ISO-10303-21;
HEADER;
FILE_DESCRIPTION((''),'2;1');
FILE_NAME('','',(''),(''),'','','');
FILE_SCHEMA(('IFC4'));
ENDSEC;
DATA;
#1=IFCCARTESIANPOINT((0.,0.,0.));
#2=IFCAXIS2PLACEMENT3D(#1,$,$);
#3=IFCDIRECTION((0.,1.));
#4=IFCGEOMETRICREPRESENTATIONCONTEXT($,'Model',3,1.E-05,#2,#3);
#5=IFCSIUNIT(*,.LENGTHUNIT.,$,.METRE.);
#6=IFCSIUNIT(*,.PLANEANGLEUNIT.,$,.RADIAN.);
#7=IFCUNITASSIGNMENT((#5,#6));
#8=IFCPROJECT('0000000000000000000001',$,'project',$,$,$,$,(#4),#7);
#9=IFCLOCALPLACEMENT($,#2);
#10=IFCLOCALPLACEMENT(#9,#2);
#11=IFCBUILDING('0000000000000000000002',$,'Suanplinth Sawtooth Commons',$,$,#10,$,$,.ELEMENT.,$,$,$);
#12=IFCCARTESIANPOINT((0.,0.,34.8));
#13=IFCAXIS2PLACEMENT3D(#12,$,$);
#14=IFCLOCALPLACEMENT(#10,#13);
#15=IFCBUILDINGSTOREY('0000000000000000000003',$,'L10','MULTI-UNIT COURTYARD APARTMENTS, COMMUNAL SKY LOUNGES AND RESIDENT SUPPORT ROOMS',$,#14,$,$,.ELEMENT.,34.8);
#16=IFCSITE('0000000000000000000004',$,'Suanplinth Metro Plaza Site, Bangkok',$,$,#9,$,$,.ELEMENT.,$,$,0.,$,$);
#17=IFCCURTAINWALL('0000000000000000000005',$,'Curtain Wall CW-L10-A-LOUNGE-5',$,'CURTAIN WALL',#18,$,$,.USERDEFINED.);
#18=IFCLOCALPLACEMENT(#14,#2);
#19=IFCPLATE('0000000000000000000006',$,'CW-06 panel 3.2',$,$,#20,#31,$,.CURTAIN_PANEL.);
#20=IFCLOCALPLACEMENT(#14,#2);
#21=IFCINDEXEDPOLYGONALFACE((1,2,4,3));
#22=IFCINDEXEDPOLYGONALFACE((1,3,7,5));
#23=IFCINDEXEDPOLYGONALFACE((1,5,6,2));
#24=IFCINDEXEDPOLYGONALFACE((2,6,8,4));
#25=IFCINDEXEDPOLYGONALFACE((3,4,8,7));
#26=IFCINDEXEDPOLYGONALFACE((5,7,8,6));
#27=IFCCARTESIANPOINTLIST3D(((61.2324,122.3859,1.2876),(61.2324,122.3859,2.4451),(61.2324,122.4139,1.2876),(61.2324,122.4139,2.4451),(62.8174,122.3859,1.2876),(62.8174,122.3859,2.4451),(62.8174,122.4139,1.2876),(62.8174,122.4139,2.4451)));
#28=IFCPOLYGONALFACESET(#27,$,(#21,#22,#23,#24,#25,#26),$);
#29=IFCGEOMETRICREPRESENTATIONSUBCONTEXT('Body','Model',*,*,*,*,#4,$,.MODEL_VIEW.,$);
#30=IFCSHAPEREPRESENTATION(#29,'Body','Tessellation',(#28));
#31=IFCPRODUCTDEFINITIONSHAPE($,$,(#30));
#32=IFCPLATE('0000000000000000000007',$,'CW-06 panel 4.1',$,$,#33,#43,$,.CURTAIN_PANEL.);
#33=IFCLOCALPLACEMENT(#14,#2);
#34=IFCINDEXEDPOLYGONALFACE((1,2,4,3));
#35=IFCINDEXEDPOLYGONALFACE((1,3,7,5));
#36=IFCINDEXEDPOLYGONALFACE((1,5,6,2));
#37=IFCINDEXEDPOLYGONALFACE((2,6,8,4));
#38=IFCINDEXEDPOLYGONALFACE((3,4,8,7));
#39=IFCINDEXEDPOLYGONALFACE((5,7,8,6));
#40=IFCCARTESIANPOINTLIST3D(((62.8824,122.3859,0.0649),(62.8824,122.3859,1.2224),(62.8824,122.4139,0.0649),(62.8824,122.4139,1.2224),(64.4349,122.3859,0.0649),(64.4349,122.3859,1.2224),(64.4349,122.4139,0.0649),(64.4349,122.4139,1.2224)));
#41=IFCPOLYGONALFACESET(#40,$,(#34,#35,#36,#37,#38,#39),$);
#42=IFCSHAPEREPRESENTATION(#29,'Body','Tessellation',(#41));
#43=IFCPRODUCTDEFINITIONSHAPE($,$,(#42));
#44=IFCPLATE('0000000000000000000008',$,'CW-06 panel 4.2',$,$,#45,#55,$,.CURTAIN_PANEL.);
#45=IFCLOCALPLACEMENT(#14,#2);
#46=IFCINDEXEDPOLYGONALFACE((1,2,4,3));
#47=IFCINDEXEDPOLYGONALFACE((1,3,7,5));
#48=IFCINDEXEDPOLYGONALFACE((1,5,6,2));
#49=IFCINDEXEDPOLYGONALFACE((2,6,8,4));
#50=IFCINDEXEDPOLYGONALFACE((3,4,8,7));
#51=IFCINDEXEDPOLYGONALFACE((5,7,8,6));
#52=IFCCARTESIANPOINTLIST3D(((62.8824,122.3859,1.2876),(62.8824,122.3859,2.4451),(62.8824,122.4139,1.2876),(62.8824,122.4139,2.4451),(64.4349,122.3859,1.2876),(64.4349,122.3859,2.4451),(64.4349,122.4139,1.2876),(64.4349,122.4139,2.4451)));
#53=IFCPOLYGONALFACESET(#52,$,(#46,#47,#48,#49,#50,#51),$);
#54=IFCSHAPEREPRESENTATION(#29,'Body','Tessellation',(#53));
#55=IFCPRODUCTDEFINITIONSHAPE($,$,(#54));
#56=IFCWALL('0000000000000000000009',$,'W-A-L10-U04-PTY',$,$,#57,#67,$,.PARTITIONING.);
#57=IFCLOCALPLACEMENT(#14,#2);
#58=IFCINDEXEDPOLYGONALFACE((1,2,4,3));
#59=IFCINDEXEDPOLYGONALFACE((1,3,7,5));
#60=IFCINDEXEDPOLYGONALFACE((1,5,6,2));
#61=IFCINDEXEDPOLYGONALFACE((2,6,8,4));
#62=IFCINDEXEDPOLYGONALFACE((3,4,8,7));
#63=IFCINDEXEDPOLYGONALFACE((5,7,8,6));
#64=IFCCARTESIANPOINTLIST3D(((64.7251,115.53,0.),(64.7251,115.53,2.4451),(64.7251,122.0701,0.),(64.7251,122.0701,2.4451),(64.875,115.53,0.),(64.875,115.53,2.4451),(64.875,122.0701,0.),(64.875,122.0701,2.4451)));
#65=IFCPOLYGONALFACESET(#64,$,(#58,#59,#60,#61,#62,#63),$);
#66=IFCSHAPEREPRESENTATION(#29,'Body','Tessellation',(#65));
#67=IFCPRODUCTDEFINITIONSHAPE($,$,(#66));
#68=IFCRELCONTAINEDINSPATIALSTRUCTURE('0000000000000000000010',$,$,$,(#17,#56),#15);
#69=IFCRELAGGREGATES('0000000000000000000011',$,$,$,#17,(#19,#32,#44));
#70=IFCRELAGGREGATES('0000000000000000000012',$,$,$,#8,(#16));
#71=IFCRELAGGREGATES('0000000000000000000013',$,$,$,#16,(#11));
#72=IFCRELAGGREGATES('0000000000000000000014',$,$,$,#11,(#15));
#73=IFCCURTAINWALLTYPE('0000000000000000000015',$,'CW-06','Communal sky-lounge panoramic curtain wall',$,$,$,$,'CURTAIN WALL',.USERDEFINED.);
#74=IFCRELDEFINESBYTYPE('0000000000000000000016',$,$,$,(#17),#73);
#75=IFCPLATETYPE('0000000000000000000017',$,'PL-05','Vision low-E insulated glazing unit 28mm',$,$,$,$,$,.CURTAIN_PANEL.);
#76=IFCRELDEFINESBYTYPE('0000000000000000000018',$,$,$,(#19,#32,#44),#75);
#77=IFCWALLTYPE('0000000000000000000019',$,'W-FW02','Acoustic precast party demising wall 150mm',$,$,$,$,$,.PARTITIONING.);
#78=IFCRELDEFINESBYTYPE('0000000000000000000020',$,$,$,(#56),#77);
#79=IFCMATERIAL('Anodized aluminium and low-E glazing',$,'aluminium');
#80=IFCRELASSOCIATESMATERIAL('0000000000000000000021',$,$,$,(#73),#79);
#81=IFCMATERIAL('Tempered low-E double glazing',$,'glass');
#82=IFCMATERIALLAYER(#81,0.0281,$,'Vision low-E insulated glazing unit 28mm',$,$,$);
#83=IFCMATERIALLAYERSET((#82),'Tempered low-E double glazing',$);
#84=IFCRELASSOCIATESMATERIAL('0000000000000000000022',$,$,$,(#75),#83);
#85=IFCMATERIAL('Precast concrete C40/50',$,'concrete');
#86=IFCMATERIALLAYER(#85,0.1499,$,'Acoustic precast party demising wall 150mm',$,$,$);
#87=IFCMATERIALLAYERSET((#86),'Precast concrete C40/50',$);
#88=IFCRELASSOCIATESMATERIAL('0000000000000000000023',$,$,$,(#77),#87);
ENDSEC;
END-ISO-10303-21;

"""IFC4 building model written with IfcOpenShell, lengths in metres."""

from ifc_helpers import new_model, si_unit, direction, frame, frame_2d, origin, origin_2d, place, context, subcontext, project, spatial, rectangle, extrude, material, layer, layer_set, type_object, element, aggregate, save


model = new_model("IFC4")

# Units and contexts
model_context = context("Model", 3, precision=1e-05, world=origin(), true_north=direction((0.0, 1.0)))
body_context = subcontext(model_context, "Body", "Model", "MODEL_VIEW")
ifc_project = project(units=[si_unit("LENGTHUNIT", "METRE"), si_unit("PLANEANGLEUNIT", "RADIAN")], contexts=[model_context])

# Site, building, storey
site_placement = place(None, origin())
site = spatial("IfcSite", under=ifc_project, at=site_placement, Name="Suanplinth Metro Plaza Site, Bangkok", CompositionType="ELEMENT", RefElevation=0.0)
building_placement = place(site_placement, origin())
building = spatial("IfcBuilding", under=site, at=building_placement, Name="Suanplinth Sawtooth Commons", CompositionType="ELEMENT")
storey_placement = place(building_placement, frame((0.0, 0.0, 34.8)))
storey = spatial("IfcBuildingStorey", under=building, at=storey_placement, Name="L10", Description="MULTI-UNIT COURTYARD APARTMENTS, COMMUNAL SKY LOUNGES AND RESIDENT SUPPORT ROOMS", CompositionType="ELEMENT", Elevation=34.8)

# Shared definitions
ifc_material_1 = material(Name="Precast concrete C40/50", Category="concrete")

# Curtain wall
ifc_material_2 = material(Name="Anodized aluminium and low-E glazing", Category="aluminium")
curtain_wall_type = type_object("IfcCurtainWallType", Name="CW-06", Description="Communal sky-lounge panoramic curtain wall", ElementType="CURTAIN WALL", PredefinedType="USERDEFINED", material=ifc_material_2)
curtain_wall_placement = place(storey_placement, origin())
curtain_wall = element("IfcCurtainWall", 1, at=curtain_wall_placement, inside=storey, type_object=curtain_wall_type, Name="Curtain Wall CW-L10-A-LOUNGE-5", ObjectType="CURTAIN WALL", PredefinedType="USERDEFINED")

# Plates
ifc_material_3 = material(Name="Tempered low-E double glazing", Category="glass")
ifc_layer_1 = layer(ifc_material_3, 0.0281, Name="Vision low-E insulated glazing unit 28mm")
ifc_layer_set_1 = layer_set([ifc_layer_1], Name="Tempered low-E double glazing")
plate_type_1 = type_object("IfcPlateType", Name="PL-05", Description="Vision low-E insulated glazing unit 28mm", PredefinedType="CURTAIN_PANEL", material=ifc_layer_set_1)
plate_1_placement = place(storey_placement, frame((62.0249, 122.3999, 1.2876), z_axis=(0.0, 0.0, 1.0), x_axis=(1.0, 0.0, 0.0)))
plate_1 = element("IfcPlate", 2, at=plate_1_placement, type_object=plate_type_1, Name="CW-06 panel 3.2", PredefinedType="CURTAIN_PANEL", context=body_context, shape_type="SweptSolid", body=[
    extrude(rectangle(XDim=1.585, YDim=0.0281, at=origin_2d()), origin(), (0.0, 0.0, 1.0), 1.1575),
])
plate_2_placement = place(storey_placement, frame((63.6587, 122.3999, 0.0649), z_axis=(0.0, 0.0, 1.0), x_axis=(1.0, 0.0, 0.0)))
plate_2 = element("IfcPlate", 3, at=plate_2_placement, type_object=plate_type_1, Name="CW-06 panel 4.1", PredefinedType="CURTAIN_PANEL", context=body_context, shape_type="SweptSolid", body=[
    extrude(rectangle(XDim=1.5525, YDim=0.0281, at=origin_2d()), origin(), (0.0, 0.0, 1.0), 1.1575),
])
plate_3_placement = place(storey_placement, frame((63.6587, 122.3999, 1.2876), z_axis=(0.0, 0.0, 1.0), x_axis=(1.0, 0.0, 0.0)))
plate_3 = element("IfcPlate", 4, at=plate_3_placement, type_object=plate_type_1, Name="CW-06 panel 4.2", PredefinedType="CURTAIN_PANEL", context=body_context, shape_type="SweptSolid", body=[
    extrude(rectangle(XDim=1.5525, YDim=0.0281, at=origin_2d()), origin(), (0.0, 0.0, 1.0), 1.1575),
])
aggregate(curtain_wall, [plate_1, plate_2, plate_3])

# Wall
ifc_layer_2 = layer(ifc_material_1, 0.1499, Name="Acoustic precast party demising wall 150mm")
ifc_layer_set_2 = layer_set([ifc_layer_2], Name="Precast concrete C40/50")
wall_type = type_object("IfcWallType", Name="W-FW02", Description="Acoustic precast party demising wall 150mm", PredefinedType="PARTITIONING", material=ifc_layer_set_2)
wall_placement = place(storey_placement, frame((64.8, 115.53, 0.0), z_axis=(0.0, 0.0, 1.0), x_axis=(0.0, 1.0, 0.0)))
element("IfcWall", 5, at=wall_placement, inside=storey, type_object=wall_type, Name="W-A-L10-U04-PTY", PredefinedType="PARTITIONING", context=body_context, shape_type="SweptSolid", body=[
    extrude(rectangle(XDim=6.54, YDim=0.1499, at=frame_2d((3.27, 0.0))), origin(), (0.0, 0.0, 1.0), 2.4451),
])

save(model, "model.ifc")
